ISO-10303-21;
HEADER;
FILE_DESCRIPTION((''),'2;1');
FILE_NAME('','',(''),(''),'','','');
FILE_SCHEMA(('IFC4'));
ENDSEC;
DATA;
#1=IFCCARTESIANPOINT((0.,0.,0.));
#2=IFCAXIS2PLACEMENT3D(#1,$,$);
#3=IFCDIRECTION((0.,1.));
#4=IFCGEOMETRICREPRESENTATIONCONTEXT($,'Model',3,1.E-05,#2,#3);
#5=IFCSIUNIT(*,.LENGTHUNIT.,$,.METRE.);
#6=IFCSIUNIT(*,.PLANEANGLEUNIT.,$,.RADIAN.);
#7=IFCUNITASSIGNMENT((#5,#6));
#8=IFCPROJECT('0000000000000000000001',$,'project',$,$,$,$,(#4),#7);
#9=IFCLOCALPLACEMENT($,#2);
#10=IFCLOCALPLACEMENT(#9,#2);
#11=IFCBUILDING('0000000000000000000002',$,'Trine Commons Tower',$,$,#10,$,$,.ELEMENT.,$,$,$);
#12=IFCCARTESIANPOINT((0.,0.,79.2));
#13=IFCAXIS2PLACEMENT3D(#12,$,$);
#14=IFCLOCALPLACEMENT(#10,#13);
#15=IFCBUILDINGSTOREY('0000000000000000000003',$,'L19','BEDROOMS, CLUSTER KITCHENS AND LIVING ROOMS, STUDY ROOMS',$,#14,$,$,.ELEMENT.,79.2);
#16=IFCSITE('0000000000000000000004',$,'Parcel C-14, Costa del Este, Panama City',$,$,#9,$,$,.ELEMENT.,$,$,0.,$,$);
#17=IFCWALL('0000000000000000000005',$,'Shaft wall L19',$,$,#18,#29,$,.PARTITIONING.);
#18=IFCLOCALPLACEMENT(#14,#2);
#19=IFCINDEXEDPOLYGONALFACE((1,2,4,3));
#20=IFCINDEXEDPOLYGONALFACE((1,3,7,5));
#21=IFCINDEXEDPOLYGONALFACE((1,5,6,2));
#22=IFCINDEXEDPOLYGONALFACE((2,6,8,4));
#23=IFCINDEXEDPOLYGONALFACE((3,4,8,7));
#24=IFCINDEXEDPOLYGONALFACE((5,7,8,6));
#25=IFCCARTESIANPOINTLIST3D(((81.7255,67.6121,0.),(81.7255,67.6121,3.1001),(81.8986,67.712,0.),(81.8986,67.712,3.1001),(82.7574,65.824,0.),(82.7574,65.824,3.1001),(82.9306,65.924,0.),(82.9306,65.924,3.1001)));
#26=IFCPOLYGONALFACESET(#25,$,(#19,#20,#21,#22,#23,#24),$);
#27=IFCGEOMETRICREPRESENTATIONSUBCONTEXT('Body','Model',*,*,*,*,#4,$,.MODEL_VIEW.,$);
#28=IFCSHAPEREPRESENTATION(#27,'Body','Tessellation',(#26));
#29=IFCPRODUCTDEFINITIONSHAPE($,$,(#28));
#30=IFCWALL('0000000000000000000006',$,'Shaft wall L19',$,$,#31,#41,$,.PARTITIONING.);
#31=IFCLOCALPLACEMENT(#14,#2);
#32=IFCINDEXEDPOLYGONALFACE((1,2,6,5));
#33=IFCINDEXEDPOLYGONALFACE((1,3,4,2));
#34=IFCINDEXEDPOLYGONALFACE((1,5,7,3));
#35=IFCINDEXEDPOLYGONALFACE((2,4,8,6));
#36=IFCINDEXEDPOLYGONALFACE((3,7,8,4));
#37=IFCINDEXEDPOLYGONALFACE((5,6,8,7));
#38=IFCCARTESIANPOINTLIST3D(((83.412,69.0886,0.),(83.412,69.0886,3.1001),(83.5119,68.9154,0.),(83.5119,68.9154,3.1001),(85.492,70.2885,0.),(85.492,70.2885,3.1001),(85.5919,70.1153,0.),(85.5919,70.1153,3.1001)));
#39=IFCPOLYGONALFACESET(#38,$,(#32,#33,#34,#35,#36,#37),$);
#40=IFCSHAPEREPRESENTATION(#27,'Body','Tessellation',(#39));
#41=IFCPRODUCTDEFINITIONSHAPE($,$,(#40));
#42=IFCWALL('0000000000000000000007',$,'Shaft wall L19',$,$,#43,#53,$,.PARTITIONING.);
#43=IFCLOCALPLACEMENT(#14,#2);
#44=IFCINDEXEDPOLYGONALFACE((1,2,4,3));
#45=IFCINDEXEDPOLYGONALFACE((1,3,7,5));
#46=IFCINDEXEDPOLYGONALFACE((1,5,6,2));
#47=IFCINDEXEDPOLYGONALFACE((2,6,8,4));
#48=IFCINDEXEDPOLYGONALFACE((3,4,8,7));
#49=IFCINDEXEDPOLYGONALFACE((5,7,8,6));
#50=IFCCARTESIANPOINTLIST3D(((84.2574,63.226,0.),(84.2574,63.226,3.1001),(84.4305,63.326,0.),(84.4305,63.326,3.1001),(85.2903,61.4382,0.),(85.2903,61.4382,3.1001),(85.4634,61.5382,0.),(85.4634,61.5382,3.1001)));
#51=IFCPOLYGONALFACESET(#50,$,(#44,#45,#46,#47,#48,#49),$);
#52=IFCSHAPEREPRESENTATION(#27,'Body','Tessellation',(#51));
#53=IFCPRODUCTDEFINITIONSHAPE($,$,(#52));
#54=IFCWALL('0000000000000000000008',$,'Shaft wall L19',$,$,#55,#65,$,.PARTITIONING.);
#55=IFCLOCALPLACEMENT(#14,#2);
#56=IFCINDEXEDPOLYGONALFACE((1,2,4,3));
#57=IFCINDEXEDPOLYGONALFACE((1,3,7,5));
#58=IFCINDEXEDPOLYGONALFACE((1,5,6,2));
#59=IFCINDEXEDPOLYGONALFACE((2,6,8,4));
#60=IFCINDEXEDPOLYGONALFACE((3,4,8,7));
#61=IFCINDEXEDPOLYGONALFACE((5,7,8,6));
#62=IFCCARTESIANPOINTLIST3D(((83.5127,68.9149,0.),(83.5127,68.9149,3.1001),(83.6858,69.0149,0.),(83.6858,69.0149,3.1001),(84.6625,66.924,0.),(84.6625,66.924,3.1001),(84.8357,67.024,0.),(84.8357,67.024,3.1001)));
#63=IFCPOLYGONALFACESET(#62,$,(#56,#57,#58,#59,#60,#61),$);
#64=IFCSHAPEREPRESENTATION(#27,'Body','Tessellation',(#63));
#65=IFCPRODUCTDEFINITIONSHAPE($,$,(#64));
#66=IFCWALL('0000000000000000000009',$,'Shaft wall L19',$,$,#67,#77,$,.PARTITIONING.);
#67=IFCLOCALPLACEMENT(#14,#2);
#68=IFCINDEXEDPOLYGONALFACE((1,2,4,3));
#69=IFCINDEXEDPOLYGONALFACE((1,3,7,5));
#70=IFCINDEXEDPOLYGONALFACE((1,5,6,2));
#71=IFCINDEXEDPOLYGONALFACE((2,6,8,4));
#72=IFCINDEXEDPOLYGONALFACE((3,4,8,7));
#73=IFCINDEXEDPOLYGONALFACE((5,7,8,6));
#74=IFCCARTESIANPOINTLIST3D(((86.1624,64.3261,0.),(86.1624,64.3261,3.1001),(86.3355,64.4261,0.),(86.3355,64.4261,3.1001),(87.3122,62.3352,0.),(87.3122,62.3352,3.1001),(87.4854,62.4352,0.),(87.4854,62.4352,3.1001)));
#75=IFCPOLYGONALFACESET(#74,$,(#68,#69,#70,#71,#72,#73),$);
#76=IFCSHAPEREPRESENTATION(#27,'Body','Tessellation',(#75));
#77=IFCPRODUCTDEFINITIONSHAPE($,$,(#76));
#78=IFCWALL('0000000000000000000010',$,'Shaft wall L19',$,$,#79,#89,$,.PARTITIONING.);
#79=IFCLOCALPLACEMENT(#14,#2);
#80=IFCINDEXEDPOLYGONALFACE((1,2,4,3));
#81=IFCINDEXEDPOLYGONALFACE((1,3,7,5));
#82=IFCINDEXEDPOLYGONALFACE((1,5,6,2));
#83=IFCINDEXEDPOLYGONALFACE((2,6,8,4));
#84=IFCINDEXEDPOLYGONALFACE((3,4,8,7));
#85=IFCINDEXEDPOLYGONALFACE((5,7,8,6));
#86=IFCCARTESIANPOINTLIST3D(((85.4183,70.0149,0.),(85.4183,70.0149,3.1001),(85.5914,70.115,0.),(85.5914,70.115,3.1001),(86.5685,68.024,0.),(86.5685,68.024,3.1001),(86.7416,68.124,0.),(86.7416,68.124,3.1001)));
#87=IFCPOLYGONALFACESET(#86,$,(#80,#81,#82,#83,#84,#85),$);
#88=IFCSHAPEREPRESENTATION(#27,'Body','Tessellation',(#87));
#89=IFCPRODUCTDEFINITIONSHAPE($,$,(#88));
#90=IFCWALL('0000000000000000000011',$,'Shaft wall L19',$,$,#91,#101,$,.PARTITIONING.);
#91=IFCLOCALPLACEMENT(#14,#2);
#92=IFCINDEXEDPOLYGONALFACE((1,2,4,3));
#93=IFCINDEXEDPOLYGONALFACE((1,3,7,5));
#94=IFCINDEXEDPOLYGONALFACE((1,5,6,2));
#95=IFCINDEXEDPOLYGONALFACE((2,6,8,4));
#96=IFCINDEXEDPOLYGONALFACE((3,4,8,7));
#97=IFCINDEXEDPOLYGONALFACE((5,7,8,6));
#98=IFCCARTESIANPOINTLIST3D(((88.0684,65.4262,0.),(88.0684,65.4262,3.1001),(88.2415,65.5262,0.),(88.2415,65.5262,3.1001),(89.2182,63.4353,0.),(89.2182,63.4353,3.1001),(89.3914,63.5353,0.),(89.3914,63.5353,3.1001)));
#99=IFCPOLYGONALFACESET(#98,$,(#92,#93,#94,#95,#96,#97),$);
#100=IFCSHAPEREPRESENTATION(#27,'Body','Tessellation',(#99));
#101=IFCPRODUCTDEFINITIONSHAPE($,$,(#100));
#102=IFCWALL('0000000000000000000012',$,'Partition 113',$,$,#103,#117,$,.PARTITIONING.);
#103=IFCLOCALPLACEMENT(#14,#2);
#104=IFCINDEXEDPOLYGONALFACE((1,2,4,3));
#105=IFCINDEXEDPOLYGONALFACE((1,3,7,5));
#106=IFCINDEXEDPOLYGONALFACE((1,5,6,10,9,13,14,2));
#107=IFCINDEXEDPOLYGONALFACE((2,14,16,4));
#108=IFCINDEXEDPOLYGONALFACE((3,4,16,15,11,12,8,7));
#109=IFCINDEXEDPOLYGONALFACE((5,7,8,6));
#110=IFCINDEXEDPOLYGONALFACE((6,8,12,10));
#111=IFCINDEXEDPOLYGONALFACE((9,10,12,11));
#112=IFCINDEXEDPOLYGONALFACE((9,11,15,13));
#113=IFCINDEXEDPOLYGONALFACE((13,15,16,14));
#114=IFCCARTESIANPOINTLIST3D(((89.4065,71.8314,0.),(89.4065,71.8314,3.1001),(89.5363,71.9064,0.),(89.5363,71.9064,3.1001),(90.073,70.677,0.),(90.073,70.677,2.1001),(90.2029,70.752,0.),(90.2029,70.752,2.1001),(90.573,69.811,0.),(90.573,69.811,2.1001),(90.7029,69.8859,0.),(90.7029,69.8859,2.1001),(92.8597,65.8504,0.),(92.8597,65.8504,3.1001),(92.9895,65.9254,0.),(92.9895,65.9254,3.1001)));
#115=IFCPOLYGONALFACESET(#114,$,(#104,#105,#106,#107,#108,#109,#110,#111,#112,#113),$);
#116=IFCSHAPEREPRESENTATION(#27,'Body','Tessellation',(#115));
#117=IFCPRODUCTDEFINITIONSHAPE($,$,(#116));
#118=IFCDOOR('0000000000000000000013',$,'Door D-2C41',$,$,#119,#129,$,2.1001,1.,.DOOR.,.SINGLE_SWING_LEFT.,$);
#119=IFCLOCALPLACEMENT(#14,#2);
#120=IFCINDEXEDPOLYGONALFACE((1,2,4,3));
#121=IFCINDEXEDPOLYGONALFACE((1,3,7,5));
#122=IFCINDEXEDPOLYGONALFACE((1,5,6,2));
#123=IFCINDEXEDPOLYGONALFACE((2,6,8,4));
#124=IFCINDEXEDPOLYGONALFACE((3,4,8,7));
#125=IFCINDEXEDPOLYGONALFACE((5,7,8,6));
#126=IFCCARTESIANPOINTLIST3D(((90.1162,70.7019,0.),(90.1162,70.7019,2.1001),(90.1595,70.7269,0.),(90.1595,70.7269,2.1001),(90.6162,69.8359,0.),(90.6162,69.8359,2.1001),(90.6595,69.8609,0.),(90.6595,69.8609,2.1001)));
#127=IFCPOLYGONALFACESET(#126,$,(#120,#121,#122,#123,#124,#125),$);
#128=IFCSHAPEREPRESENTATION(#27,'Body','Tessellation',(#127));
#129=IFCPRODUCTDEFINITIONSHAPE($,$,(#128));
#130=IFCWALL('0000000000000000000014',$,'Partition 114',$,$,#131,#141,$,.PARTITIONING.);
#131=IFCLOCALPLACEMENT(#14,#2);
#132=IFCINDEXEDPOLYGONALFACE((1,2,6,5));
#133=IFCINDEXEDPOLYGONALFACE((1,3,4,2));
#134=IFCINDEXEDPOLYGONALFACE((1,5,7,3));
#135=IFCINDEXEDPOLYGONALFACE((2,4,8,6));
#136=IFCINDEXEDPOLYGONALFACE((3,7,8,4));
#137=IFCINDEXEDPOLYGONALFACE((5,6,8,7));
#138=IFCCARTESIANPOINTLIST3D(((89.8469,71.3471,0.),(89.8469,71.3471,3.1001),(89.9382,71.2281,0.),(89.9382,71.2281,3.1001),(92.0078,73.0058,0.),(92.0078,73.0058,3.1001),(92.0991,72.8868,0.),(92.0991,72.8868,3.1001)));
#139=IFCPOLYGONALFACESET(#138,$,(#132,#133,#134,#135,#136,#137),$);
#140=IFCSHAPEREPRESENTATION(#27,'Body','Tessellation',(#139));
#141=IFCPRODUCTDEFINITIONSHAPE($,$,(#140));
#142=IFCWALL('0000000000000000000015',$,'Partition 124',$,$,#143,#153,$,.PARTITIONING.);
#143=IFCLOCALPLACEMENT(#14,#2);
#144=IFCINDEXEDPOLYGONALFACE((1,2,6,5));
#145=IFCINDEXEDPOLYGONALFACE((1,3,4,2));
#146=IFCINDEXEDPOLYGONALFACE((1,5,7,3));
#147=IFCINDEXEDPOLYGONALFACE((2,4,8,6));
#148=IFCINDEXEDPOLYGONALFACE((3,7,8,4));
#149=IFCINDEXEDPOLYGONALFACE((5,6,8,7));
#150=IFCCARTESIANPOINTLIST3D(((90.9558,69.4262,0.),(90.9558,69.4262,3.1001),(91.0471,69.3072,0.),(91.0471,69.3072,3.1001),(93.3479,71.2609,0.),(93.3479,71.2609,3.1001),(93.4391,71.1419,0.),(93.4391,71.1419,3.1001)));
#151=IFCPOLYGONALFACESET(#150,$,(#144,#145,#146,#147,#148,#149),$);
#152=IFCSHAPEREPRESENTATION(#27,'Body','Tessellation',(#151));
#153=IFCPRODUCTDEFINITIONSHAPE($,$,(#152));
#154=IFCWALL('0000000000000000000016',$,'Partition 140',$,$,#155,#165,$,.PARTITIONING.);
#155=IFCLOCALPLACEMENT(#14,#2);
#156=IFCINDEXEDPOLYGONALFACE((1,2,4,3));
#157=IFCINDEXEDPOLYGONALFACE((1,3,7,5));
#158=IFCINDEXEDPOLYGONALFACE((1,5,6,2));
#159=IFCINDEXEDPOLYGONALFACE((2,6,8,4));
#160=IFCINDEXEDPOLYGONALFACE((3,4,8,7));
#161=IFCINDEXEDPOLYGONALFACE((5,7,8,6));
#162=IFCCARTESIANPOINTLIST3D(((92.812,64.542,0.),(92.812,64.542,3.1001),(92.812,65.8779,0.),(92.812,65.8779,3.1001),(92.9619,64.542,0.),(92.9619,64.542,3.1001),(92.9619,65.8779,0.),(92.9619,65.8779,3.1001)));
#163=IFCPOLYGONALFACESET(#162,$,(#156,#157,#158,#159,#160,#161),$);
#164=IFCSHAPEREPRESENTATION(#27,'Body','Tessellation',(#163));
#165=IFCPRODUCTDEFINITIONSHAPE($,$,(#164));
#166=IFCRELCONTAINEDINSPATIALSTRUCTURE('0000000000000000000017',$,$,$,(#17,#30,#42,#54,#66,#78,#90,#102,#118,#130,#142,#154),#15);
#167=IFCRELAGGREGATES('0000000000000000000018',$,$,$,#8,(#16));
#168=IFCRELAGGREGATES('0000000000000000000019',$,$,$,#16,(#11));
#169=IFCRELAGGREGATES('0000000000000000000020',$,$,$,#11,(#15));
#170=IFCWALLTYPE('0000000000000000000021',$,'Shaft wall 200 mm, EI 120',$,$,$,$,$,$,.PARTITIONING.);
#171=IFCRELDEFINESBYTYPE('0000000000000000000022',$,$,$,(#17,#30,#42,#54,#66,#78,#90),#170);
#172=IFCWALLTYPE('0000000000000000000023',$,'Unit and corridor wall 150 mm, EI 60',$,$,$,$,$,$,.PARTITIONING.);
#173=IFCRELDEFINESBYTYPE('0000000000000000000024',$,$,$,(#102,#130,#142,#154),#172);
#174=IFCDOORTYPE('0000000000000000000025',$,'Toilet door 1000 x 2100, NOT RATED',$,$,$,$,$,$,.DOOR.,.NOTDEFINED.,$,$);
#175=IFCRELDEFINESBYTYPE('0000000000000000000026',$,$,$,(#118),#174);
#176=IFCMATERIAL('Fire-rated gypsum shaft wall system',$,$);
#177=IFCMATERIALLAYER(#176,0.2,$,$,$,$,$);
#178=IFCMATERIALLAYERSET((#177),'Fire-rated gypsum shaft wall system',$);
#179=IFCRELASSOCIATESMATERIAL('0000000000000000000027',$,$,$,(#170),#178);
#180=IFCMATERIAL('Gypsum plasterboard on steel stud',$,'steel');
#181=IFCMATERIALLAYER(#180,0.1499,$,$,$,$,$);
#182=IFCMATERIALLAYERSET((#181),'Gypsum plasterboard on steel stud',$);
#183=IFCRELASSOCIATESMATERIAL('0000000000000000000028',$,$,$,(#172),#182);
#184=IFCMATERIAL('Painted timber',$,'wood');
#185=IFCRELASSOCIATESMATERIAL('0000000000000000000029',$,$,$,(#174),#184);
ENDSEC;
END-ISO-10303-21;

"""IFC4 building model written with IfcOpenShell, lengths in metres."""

from ifc_helpers import new_model, si_unit, direction, frame, frame_2d, origin, place, context, subcontext, project, spatial, rectangle, extrude, material, layer, layer_set, type_object, element, fill, save


model = new_model("IFC4")

# Units and contexts
model_context = context("Model", 3, precision=1e-05, world=origin(), true_north=direction((0.0, 1.0)))
body_context = subcontext(model_context, "Body", "Model", "MODEL_VIEW")
ifc_project = project(units=[si_unit("LENGTHUNIT", "METRE"), si_unit("PLANEANGLEUNIT", "RADIAN")], contexts=[model_context])

# Site, building, storey
site_placement = place(None, origin())
site = spatial("IfcSite", under=ifc_project, at=site_placement, Name="Parcel C-14, Costa del Este, Panama City", CompositionType="ELEMENT", RefElevation=0.0)
building_placement = place(site_placement, origin())
building = spatial("IfcBuilding", under=site, at=building_placement, Name="Trine Commons Tower", CompositionType="ELEMENT")
storey_placement = place(building_placement, frame((0.0, 0.0, 79.2)))
storey = spatial("IfcBuildingStorey", under=building, at=storey_placement, Name="L19", Description="BEDROOMS, CLUSTER KITCHENS AND LIVING ROOMS, STUDY ROOMS", CompositionType="ELEMENT", Elevation=79.2)

# Walls
ifc_material_1 = material(Name="Fire-rated gypsum shaft wall system")
ifc_layer_1 = layer(ifc_material_1, 0.2)
ifc_layer_set_1 = layer_set([ifc_layer_1], Name="Fire-rated gypsum shaft wall system")
wall_type_1 = type_object("IfcWallType", Name="Shaft wall 200 mm, EI 120", PredefinedType="PARTITIONING", material=ifc_layer_set_1)
wall_1_placement = place(storey_placement, frame((82.844, 65.874, 0.0), z_axis=(0.0, 0.0, 1.0), x_axis=(-0.499866, 0.866103, 0.0)))
element("IfcWall", 1, at=wall_1_placement, inside=storey, type_object=wall_type_1, Name="Shaft wall L19", PredefinedType="PARTITIONING", context=body_context, shape_type="SweptSolid", body=[
    extrude(rectangle(XDim=2.0645, YDim=0.2, at=frame_2d((1.0322, 0.0))), origin(), (0.0, 0.0, 1.0), 3.1001),
])
wall_2_placement = place(storey_placement, frame((83.4619, 69.002, 0.0), z_axis=(0.0, 0.0, 1.0), x_axis=(0.866203, 0.499693, 0.0)))
element("IfcWall", 2, at=wall_2_placement, inside=storey, type_object=wall_type_1, Name="Shaft wall L19", PredefinedType="PARTITIONING", context=body_context, shape_type="SweptSolid", body=[
    extrude(rectangle(XDim=2.4014, YDim=0.2, at=frame_2d((1.2007, 0.0))), origin(), (0.0, 0.0, 1.0), 3.1001),
])
wall_3_placement = place(storey_placement, frame((84.344, 63.2759, 0.0), z_axis=(0.0, 0.0, 1.0), x_axis=(0.500272, -0.865868, 0.0)))
element("IfcWall", 3, at=wall_3_placement, inside=storey, type_object=wall_type_1, Name="Shaft wall L19", PredefinedType="PARTITIONING", context=body_context, shape_type="SweptSolid", body=[
    extrude(rectangle(XDim=2.0647, YDim=0.2, at=frame_2d((1.0322, 0.0))), origin(), (0.0, 0.0, 1.0), 3.1001),
])
for number, where, z_axis, x_axis, name in (
    (4, (84.749, 66.9741, 0.0), (0.0, 0.0, 1.0), (-0.500136, 0.865947, 0.0), "Shaft wall L19"),
    (5, (86.249, 64.376, 0.0), (0.0, 0.0, 1.0), (0.500136, -0.865947, 0.0), "Shaft wall L19"),
):
    element("IfcWall", number, at=place(storey_placement, frame(where, z_axis=z_axis, x_axis=x_axis)), inside=storey, type_object=wall_type_1, Name=name, PredefinedType="PARTITIONING", context=body_context, shape_type="SweptSolid", body=[
        extrude(rectangle(XDim=2.2991, YDim=0.2, at=frame_2d((1.1494, 0.0))), origin(), (0.0, 0.0, 1.0), 3.1001),
    ])
wall_4_placement = place(storey_placement, frame((86.655, 68.074, 0.0), z_axis=(0.0, 0.0, 1.0), x_axis=(-0.500216, 0.865901, 0.0)))
element("IfcWall", 6, at=wall_4_placement, inside=storey, type_object=wall_type_1, Name="Shaft wall L19", PredefinedType="PARTITIONING", context=body_context, shape_type="SweptSolid", body=[
    extrude(rectangle(XDim=2.2993, YDim=0.2, at=frame_2d((1.1497, 0.0))), origin(), (0.0, 0.0, 1.0), 3.1001),
])
wall_5_placement = place(storey_placement, frame((88.155, 65.4761, 0.0), z_axis=(0.0, 0.0, 1.0), x_axis=(0.500136, -0.865947, 0.0)))
element("IfcWall", 7, at=wall_5_placement, inside=storey, type_object=wall_type_1, Name="Shaft wall L19", PredefinedType="PARTITIONING", context=body_context, shape_type="SweptSolid", body=[
    extrude(rectangle(XDim=2.2991, YDim=0.2, at=frame_2d((1.1494, 0.0))), origin(), (0.0, 0.0, 1.0), 3.1001),
])

# Wall, opening, door
ifc_material_2 = material(Name="Gypsum plasterboard on steel stud", Category="steel")
ifc_layer_2 = layer(ifc_material_2, 0.1499)
ifc_layer_set_2 = layer_set([ifc_layer_2], Name="Gypsum plasterboard on steel stud")
wall_type_2 = type_object("IfcWallType", Name="Unit and corridor wall 150 mm, EI 60", PredefinedType="PARTITIONING", material=ifc_layer_set_2)
wall_6_placement = place(storey_placement, frame((89.4714, 71.8689, 0.0), z_axis=(0.0, 0.0, 1.0), x_axis=(0.500002, -0.866024, 0.0)))
wall_6 = element("IfcWall", 8, at=wall_6_placement, inside=storey, type_object=wall_type_2, Name="Partition 113", PredefinedType="PARTITIONING", context=body_context, shape_type="SweptSolid", body=[
    extrude(rectangle(XDim=6.9062, YDim=0.1499, at=frame_2d((3.4531, 0.0))), origin(), (0.0, 0.0, 1.0), 3.1001),
])
opening_1_placement = place(wall_6_placement, frame((1.333, 0.0, 0.0)))
opening_1 = element("IfcOpeningElement", 9, at=opening_1_placement, cuts=wall_6, PredefinedType="OPENING", context=body_context, shape_type="SweptSolid", body=[
    extrude(rectangle(XDim=1.0, YDim=2.1001, at=frame_2d((0.5, 1.05))), frame((0.0, 0.085, 0.0), z_axis=(0.0, -1.0, 0.0), x_axis=(1.0, 0.0, 0.0)), (0.0, 0.0, 1.0), 0.1699),
])
ifc_material_3 = material(Name="Painted timber", Category="wood")
door_type_1 = type_object("IfcDoorType", Name="Toilet door 1000 x 2100, NOT RATED", OperationType="NOTDEFINED", PredefinedType="DOOR", material=ifc_material_3)
door_1_placement = place(opening_1_placement, origin())
door_1 = element("IfcDoor", 10, at=door_1_placement, inside=storey, type_object=door_type_1, Name="Door D-2C41", OperationType="SINGLE_SWING_LEFT", OverallHeight=2.1001, OverallWidth=1.0, PredefinedType="DOOR", context=body_context, shape_type="SweptSolid", body=[
    extrude(rectangle(XDim=1.0, YDim=2.1001, at=frame_2d((0.5, 1.05))), frame((0.0, 0.0249, 0.0), z_axis=(0.0, -1.0, 0.0), x_axis=(1.0, 0.0, 0.0)), (0.0, 0.0, 1.0), 0.05),
])
fill(opening_1, door_1)

# Walls
wall_7_placement = place(storey_placement, frame((89.8926, 71.2876, 0.0), z_axis=(0.0, 0.0, 1.0), x_axis=(0.79325, 0.608896, 0.0)))
element("IfcWall", 11, at=wall_7_placement, inside=storey, type_object=wall_type_2, Name="Partition 114", PredefinedType="PARTITIONING", context=body_context, shape_type="SweptSolid", body=[
    extrude(rectangle(XDim=2.7241, YDim=0.1499, at=frame_2d((1.3621, 0.0))), origin(), (0.0, 0.0, 1.0), 3.1001),
])
wall_8_placement = place(storey_placement, frame((91.0015, 69.3667, 0.0), z_axis=(0.0, 0.0, 1.0), x_axis=(0.793481, 0.608595, 0.0)))
element("IfcWall", 12, at=wall_8_placement, inside=storey, type_object=wall_type_2, Name="Partition 124", PredefinedType="PARTITIONING", context=body_context, shape_type="SweptSolid", body=[
    extrude(rectangle(XDim=3.0146, YDim=0.1499, at=frame_2d((1.5073, 0.0))), origin(), (0.0, 0.0, 1.0), 3.1001),
])
wall_9_placement = place(storey_placement, frame((92.887, 64.542, 0.0), z_axis=(0.0, 0.0, 1.0), x_axis=(0.0, 1.0, 0.0)))
element("IfcWall", 13, at=wall_9_placement, inside=storey, type_object=wall_type_2, Name="Partition 140", PredefinedType="PARTITIONING", context=body_context, shape_type="SweptSolid", body=[
    extrude(rectangle(XDim=1.3359, YDim=0.1499, at=frame_2d((0.668, 0.0))), origin(), (0.0, 0.0, 1.0), 3.1001),
])

save(model, "model.ifc")
